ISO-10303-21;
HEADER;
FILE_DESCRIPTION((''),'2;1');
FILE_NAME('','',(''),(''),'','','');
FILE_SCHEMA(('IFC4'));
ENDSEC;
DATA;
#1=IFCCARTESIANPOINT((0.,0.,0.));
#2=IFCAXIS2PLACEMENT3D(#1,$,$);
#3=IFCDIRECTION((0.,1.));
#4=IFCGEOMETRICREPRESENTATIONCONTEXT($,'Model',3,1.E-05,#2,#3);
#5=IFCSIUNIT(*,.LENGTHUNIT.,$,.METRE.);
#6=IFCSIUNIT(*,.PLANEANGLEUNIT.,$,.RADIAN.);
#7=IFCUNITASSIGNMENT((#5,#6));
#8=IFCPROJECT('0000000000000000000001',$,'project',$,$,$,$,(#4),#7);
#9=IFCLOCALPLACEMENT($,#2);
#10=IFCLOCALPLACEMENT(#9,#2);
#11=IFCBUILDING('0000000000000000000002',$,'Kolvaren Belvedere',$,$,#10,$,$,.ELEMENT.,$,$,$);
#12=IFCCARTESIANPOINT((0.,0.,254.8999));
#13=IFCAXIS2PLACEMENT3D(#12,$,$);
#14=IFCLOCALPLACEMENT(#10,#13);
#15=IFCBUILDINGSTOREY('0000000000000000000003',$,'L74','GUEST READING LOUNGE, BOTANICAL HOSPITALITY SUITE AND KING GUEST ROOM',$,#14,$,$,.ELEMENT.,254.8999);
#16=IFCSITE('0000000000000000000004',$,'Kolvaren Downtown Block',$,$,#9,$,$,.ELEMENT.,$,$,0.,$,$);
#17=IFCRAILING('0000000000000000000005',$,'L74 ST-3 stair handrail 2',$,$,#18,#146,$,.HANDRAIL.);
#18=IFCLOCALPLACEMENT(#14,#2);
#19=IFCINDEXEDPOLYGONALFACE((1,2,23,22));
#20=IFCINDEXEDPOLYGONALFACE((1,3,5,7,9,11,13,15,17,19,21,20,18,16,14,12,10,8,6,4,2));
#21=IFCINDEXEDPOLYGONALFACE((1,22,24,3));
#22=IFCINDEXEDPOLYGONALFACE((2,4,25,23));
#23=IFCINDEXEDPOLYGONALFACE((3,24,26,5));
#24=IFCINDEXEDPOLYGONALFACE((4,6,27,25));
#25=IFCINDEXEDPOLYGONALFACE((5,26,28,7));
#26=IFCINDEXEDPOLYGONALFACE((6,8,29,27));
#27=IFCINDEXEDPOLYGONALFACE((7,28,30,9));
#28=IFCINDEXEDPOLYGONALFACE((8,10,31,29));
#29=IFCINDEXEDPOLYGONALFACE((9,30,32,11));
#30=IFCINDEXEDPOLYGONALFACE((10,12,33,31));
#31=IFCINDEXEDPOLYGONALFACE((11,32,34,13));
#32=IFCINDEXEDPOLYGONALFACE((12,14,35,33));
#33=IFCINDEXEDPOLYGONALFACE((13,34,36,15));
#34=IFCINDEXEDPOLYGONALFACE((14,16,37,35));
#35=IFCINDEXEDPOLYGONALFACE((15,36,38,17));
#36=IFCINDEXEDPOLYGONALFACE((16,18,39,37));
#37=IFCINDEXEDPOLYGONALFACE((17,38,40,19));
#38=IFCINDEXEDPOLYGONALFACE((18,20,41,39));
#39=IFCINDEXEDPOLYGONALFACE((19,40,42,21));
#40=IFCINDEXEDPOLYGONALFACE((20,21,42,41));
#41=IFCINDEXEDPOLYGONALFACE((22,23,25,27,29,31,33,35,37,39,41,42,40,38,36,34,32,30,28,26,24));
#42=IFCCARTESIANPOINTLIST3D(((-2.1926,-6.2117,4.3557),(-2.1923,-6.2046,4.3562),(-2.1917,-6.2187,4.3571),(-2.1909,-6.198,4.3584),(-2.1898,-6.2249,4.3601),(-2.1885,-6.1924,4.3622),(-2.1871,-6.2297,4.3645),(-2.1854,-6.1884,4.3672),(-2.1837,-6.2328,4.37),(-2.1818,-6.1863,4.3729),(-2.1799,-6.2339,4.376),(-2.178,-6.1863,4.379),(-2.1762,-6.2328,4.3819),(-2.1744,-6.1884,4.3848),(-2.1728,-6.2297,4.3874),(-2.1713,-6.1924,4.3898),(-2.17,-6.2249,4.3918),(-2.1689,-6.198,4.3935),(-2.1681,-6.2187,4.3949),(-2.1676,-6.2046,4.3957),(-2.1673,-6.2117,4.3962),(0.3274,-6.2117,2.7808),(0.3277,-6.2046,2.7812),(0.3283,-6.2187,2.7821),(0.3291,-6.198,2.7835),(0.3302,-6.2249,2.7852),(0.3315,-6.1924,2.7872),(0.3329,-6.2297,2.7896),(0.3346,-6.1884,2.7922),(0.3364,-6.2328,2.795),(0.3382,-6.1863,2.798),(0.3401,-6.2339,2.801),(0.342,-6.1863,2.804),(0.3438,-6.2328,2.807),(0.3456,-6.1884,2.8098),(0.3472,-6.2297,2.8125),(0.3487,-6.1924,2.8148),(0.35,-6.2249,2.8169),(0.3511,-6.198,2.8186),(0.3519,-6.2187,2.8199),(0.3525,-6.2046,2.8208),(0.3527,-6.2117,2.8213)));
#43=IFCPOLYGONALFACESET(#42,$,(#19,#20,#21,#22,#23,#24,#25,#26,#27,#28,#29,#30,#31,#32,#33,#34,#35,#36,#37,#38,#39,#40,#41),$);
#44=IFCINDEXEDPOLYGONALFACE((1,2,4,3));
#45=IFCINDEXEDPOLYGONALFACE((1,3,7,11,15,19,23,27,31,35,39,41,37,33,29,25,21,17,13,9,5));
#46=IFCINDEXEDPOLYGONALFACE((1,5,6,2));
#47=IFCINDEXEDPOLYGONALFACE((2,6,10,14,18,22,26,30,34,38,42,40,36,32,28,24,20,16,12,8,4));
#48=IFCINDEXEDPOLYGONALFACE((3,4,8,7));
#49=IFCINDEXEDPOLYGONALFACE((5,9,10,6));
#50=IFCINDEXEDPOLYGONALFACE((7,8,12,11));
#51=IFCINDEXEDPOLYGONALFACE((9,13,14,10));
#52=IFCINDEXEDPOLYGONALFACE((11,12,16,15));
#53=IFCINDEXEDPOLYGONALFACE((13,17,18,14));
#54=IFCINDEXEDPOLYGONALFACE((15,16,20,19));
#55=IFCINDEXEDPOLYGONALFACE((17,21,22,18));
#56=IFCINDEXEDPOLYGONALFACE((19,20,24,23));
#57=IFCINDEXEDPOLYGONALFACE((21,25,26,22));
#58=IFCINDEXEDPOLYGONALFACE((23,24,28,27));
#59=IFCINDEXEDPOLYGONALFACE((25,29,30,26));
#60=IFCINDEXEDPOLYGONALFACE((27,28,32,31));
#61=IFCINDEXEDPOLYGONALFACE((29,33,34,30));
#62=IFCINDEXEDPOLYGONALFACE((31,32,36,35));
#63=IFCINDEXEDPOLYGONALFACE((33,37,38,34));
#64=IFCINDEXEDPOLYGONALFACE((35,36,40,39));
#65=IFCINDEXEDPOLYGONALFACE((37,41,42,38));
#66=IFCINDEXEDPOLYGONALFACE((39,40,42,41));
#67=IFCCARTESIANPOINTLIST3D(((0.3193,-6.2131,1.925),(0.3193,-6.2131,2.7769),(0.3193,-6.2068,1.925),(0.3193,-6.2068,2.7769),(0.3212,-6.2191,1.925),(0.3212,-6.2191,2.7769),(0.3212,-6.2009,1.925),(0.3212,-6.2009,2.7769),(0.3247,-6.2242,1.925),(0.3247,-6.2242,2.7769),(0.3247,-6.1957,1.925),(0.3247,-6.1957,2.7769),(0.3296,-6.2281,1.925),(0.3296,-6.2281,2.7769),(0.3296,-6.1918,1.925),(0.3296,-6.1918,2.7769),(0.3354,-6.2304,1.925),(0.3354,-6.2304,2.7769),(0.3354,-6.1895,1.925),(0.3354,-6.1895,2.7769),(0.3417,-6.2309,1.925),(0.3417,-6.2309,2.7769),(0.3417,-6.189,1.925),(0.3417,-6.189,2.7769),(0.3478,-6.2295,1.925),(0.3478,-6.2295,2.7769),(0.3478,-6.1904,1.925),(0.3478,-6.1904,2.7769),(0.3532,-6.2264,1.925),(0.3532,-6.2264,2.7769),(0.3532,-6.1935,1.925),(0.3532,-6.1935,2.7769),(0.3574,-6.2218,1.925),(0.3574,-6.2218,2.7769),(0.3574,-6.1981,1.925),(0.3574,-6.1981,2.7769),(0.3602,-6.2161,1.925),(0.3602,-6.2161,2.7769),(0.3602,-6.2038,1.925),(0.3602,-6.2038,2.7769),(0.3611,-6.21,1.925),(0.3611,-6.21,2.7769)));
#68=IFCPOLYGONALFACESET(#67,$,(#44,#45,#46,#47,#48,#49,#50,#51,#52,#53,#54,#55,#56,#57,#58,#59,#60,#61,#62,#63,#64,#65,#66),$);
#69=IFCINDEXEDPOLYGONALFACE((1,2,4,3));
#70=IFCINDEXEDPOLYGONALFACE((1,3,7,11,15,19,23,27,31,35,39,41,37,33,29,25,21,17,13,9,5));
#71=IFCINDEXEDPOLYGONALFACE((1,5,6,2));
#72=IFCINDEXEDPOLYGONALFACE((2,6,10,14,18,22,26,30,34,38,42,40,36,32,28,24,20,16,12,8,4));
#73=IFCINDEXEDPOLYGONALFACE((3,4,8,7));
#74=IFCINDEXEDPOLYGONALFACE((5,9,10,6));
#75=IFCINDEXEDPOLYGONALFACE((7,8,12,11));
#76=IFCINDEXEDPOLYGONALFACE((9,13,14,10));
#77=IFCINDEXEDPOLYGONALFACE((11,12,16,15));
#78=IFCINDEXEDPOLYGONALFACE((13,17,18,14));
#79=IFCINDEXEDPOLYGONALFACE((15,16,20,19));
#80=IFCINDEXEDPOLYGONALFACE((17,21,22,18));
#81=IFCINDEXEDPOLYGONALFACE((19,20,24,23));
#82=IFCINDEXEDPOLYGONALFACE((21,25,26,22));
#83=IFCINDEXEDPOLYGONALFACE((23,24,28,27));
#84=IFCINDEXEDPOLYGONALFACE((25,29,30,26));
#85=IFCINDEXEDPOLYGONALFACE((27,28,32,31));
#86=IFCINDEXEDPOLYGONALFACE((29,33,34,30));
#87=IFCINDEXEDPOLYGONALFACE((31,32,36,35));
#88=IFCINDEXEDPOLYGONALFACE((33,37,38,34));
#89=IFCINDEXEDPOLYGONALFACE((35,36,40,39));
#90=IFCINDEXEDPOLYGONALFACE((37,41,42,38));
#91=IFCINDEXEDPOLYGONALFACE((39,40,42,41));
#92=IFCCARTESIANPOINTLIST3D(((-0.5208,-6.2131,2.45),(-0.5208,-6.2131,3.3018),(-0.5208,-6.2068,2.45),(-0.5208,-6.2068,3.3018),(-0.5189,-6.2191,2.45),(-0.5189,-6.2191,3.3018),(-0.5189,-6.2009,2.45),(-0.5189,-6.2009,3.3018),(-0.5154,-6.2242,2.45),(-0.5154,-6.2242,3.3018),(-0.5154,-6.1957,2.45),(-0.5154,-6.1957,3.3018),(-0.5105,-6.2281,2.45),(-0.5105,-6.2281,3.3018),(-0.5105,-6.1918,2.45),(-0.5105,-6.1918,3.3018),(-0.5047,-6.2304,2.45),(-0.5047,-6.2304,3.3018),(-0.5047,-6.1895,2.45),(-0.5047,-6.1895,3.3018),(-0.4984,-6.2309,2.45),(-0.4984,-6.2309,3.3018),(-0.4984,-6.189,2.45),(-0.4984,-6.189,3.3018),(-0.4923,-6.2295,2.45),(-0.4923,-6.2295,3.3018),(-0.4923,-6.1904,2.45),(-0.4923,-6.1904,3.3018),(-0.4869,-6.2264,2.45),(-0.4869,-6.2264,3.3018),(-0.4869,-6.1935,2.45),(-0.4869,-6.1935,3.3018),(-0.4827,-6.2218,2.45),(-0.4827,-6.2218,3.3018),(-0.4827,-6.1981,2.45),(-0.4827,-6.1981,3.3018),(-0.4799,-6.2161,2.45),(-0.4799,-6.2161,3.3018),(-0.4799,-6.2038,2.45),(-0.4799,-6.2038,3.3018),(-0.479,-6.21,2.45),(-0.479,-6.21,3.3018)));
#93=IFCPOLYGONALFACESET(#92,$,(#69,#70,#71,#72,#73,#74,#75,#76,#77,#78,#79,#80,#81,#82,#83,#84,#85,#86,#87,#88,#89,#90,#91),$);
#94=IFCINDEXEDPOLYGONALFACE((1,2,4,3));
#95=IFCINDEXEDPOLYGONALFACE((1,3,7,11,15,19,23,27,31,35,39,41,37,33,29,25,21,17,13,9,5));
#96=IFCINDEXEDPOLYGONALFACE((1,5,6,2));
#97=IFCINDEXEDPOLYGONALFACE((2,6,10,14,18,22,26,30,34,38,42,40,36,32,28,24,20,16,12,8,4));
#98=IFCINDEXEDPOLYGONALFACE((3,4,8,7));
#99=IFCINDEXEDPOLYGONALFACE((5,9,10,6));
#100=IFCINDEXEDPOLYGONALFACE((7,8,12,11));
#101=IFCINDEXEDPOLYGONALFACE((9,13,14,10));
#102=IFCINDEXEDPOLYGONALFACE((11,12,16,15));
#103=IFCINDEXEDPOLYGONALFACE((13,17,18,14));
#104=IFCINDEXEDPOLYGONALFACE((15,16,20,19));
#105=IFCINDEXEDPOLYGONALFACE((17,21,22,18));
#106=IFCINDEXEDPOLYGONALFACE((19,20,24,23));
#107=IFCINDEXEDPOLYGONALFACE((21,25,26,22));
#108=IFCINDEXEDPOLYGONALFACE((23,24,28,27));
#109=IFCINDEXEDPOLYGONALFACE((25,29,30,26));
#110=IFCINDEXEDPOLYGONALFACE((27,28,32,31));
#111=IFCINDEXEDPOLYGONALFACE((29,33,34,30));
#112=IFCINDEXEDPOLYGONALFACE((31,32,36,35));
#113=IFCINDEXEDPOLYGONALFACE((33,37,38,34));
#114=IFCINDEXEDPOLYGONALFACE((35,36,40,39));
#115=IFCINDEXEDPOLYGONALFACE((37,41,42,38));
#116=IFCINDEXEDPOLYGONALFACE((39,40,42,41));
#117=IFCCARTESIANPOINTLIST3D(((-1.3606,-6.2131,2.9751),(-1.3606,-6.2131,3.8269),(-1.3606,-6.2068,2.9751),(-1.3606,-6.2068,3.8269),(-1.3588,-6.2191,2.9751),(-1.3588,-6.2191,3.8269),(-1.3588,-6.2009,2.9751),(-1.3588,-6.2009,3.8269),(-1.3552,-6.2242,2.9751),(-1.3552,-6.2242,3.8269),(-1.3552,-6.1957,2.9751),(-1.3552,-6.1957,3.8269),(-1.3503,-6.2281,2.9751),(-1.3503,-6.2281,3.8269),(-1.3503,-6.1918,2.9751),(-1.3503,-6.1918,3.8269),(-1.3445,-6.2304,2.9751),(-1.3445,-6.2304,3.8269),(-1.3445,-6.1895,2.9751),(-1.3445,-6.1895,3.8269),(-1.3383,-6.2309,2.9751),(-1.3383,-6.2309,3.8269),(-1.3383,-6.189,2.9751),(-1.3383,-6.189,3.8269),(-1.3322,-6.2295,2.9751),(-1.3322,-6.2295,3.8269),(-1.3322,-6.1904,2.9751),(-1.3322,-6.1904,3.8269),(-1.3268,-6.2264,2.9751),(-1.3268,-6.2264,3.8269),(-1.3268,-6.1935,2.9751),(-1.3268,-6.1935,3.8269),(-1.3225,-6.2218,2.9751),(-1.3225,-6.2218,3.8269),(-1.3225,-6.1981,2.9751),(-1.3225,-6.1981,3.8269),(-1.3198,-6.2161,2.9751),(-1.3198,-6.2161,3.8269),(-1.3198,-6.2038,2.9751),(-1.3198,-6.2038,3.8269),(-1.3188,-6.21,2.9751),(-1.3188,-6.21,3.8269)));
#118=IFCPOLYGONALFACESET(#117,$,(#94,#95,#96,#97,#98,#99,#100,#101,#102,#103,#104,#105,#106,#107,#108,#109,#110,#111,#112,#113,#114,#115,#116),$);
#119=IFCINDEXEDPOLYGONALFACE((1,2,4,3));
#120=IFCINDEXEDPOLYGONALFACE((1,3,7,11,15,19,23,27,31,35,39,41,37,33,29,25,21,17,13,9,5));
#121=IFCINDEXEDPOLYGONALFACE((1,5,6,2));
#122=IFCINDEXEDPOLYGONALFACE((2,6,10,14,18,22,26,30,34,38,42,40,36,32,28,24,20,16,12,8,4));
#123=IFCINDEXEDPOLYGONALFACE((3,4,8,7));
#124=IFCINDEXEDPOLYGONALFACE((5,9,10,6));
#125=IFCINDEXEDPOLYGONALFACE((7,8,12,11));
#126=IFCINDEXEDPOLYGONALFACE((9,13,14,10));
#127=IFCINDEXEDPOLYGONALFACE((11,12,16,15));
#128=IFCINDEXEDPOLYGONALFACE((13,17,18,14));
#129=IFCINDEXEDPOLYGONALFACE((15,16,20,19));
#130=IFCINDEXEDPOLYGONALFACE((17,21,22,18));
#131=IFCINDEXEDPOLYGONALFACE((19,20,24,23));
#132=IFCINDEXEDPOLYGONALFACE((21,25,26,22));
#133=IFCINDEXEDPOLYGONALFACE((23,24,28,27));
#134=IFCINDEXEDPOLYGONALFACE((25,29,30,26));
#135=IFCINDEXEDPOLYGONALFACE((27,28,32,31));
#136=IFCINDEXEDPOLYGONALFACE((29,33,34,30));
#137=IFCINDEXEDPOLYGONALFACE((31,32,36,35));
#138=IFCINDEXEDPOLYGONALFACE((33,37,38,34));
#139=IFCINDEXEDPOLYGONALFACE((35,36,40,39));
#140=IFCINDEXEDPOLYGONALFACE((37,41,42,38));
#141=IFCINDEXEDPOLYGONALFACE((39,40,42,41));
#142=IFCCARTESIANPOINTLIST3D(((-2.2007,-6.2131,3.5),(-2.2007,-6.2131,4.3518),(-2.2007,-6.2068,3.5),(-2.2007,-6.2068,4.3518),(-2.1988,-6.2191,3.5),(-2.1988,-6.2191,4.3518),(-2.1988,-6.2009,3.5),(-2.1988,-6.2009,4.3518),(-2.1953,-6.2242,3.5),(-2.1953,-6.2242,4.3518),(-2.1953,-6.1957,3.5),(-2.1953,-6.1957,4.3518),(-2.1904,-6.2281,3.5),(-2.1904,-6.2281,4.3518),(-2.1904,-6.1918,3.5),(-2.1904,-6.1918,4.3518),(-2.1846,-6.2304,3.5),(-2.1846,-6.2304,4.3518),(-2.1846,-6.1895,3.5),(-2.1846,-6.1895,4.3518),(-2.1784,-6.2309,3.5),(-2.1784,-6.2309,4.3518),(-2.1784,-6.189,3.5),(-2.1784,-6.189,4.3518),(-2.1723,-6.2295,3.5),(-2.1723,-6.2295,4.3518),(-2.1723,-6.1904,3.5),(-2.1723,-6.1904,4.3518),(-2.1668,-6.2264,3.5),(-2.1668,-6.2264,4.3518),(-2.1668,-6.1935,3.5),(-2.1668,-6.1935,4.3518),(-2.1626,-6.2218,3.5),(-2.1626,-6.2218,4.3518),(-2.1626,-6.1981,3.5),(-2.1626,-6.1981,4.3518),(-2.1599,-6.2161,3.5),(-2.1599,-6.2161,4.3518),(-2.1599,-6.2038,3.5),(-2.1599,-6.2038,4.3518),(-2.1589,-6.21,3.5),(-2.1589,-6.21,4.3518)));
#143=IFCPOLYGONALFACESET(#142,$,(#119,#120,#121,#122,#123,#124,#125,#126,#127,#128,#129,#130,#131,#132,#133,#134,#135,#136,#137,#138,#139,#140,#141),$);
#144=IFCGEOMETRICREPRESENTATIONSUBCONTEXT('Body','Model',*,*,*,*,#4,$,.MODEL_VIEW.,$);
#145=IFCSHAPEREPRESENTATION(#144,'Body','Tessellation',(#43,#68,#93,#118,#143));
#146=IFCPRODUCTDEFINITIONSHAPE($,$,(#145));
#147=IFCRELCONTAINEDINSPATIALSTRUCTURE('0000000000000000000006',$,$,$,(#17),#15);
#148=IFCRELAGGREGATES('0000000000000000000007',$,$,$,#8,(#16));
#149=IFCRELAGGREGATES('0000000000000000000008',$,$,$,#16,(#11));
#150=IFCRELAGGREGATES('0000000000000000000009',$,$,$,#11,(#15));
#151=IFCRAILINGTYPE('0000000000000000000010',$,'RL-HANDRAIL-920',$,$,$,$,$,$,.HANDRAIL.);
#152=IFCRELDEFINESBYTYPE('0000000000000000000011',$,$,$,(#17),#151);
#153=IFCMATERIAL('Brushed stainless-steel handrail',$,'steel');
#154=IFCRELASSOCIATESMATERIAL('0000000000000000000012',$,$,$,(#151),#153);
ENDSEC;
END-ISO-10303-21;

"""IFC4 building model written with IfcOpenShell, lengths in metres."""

from ifc_helpers import new_model, si_unit, direction, frame, origin, origin_2d, place, context, subcontext, project, spatial, circle, extrude, material, type_object, element, save


model = new_model("IFC4")

# Units and contexts
model_context = context("Model", 3, precision=1e-05, world=origin(), true_north=direction((0.0, 1.0)))
body_context = subcontext(model_context, "Body", "Model", "MODEL_VIEW")
ifc_project = project(units=[si_unit("LENGTHUNIT", "METRE"), si_unit("PLANEANGLEUNIT", "RADIAN")], contexts=[model_context])

# Site, building, storey
site_placement = place(None, origin())
site = spatial("IfcSite", under=ifc_project, at=site_placement, Name="Kolvaren Downtown Block", CompositionType="ELEMENT", RefElevation=0.0)
building_placement = place(site_placement, origin())
building = spatial("IfcBuilding", under=site, at=building_placement, Name="Kolvaren Belvedere", CompositionType="ELEMENT")
storey_placement = place(building_placement, frame((0.0, 0.0, 254.8999)))
storey = spatial("IfcBuildingStorey", under=building, at=storey_placement, Name="L74", Description="GUEST READING LOUNGE, BOTANICAL HOSPITALITY SUITE AND KING GUEST ROOM", CompositionType="ELEMENT", Elevation=254.8999)

# Railing
ifc_material_1 = material(Name="Brushed stainless-steel handrail", Category="steel")
railing_type_1 = type_object("IfcRailingType", Name="RL-HANDRAIL-920", PredefinedType="HANDRAIL", material=ifc_material_1)
railing_1_placement = place(storey_placement, frame((0.3401, -6.21, 1.925)))
element("IfcRailing", 1, at=railing_1_placement, inside=storey, type_object=railing_type_1, Name="L74 ST-3 stair handrail 2", PredefinedType="HANDRAIL", context=body_context, shape_type="SweptSolid", body=[
    extrude(circle(Radius=0.0239, at=origin_2d()), frame((0.0, 0.0, 0.876), z_axis=(-0.848008, 0.0, 0.529984), x_axis=(0.0, -1.0, 0.0)), (0.0, 0.0, 1.0), 2.9717),
    extrude(circle(Radius=0.021, at=origin_2d()), origin(), (0.0, 0.0, 1.0), 0.8518),
    extrude(circle(Radius=0.021, at=origin_2d()), frame((-0.8401, 0.0, 0.5249)), (0.0, 0.0, 1.0), 0.8518),
    extrude(circle(Radius=0.021, at=origin_2d()), frame((-1.6799, 0.0, 1.05)), (0.0, 0.0, 1.0), 0.8518),
    extrude(circle(Radius=0.021, at=origin_2d()), frame((-2.52, 0.0, 1.575)), (0.0, 0.0, 1.0), 0.8518),
])

save(model, "model.ifc")
